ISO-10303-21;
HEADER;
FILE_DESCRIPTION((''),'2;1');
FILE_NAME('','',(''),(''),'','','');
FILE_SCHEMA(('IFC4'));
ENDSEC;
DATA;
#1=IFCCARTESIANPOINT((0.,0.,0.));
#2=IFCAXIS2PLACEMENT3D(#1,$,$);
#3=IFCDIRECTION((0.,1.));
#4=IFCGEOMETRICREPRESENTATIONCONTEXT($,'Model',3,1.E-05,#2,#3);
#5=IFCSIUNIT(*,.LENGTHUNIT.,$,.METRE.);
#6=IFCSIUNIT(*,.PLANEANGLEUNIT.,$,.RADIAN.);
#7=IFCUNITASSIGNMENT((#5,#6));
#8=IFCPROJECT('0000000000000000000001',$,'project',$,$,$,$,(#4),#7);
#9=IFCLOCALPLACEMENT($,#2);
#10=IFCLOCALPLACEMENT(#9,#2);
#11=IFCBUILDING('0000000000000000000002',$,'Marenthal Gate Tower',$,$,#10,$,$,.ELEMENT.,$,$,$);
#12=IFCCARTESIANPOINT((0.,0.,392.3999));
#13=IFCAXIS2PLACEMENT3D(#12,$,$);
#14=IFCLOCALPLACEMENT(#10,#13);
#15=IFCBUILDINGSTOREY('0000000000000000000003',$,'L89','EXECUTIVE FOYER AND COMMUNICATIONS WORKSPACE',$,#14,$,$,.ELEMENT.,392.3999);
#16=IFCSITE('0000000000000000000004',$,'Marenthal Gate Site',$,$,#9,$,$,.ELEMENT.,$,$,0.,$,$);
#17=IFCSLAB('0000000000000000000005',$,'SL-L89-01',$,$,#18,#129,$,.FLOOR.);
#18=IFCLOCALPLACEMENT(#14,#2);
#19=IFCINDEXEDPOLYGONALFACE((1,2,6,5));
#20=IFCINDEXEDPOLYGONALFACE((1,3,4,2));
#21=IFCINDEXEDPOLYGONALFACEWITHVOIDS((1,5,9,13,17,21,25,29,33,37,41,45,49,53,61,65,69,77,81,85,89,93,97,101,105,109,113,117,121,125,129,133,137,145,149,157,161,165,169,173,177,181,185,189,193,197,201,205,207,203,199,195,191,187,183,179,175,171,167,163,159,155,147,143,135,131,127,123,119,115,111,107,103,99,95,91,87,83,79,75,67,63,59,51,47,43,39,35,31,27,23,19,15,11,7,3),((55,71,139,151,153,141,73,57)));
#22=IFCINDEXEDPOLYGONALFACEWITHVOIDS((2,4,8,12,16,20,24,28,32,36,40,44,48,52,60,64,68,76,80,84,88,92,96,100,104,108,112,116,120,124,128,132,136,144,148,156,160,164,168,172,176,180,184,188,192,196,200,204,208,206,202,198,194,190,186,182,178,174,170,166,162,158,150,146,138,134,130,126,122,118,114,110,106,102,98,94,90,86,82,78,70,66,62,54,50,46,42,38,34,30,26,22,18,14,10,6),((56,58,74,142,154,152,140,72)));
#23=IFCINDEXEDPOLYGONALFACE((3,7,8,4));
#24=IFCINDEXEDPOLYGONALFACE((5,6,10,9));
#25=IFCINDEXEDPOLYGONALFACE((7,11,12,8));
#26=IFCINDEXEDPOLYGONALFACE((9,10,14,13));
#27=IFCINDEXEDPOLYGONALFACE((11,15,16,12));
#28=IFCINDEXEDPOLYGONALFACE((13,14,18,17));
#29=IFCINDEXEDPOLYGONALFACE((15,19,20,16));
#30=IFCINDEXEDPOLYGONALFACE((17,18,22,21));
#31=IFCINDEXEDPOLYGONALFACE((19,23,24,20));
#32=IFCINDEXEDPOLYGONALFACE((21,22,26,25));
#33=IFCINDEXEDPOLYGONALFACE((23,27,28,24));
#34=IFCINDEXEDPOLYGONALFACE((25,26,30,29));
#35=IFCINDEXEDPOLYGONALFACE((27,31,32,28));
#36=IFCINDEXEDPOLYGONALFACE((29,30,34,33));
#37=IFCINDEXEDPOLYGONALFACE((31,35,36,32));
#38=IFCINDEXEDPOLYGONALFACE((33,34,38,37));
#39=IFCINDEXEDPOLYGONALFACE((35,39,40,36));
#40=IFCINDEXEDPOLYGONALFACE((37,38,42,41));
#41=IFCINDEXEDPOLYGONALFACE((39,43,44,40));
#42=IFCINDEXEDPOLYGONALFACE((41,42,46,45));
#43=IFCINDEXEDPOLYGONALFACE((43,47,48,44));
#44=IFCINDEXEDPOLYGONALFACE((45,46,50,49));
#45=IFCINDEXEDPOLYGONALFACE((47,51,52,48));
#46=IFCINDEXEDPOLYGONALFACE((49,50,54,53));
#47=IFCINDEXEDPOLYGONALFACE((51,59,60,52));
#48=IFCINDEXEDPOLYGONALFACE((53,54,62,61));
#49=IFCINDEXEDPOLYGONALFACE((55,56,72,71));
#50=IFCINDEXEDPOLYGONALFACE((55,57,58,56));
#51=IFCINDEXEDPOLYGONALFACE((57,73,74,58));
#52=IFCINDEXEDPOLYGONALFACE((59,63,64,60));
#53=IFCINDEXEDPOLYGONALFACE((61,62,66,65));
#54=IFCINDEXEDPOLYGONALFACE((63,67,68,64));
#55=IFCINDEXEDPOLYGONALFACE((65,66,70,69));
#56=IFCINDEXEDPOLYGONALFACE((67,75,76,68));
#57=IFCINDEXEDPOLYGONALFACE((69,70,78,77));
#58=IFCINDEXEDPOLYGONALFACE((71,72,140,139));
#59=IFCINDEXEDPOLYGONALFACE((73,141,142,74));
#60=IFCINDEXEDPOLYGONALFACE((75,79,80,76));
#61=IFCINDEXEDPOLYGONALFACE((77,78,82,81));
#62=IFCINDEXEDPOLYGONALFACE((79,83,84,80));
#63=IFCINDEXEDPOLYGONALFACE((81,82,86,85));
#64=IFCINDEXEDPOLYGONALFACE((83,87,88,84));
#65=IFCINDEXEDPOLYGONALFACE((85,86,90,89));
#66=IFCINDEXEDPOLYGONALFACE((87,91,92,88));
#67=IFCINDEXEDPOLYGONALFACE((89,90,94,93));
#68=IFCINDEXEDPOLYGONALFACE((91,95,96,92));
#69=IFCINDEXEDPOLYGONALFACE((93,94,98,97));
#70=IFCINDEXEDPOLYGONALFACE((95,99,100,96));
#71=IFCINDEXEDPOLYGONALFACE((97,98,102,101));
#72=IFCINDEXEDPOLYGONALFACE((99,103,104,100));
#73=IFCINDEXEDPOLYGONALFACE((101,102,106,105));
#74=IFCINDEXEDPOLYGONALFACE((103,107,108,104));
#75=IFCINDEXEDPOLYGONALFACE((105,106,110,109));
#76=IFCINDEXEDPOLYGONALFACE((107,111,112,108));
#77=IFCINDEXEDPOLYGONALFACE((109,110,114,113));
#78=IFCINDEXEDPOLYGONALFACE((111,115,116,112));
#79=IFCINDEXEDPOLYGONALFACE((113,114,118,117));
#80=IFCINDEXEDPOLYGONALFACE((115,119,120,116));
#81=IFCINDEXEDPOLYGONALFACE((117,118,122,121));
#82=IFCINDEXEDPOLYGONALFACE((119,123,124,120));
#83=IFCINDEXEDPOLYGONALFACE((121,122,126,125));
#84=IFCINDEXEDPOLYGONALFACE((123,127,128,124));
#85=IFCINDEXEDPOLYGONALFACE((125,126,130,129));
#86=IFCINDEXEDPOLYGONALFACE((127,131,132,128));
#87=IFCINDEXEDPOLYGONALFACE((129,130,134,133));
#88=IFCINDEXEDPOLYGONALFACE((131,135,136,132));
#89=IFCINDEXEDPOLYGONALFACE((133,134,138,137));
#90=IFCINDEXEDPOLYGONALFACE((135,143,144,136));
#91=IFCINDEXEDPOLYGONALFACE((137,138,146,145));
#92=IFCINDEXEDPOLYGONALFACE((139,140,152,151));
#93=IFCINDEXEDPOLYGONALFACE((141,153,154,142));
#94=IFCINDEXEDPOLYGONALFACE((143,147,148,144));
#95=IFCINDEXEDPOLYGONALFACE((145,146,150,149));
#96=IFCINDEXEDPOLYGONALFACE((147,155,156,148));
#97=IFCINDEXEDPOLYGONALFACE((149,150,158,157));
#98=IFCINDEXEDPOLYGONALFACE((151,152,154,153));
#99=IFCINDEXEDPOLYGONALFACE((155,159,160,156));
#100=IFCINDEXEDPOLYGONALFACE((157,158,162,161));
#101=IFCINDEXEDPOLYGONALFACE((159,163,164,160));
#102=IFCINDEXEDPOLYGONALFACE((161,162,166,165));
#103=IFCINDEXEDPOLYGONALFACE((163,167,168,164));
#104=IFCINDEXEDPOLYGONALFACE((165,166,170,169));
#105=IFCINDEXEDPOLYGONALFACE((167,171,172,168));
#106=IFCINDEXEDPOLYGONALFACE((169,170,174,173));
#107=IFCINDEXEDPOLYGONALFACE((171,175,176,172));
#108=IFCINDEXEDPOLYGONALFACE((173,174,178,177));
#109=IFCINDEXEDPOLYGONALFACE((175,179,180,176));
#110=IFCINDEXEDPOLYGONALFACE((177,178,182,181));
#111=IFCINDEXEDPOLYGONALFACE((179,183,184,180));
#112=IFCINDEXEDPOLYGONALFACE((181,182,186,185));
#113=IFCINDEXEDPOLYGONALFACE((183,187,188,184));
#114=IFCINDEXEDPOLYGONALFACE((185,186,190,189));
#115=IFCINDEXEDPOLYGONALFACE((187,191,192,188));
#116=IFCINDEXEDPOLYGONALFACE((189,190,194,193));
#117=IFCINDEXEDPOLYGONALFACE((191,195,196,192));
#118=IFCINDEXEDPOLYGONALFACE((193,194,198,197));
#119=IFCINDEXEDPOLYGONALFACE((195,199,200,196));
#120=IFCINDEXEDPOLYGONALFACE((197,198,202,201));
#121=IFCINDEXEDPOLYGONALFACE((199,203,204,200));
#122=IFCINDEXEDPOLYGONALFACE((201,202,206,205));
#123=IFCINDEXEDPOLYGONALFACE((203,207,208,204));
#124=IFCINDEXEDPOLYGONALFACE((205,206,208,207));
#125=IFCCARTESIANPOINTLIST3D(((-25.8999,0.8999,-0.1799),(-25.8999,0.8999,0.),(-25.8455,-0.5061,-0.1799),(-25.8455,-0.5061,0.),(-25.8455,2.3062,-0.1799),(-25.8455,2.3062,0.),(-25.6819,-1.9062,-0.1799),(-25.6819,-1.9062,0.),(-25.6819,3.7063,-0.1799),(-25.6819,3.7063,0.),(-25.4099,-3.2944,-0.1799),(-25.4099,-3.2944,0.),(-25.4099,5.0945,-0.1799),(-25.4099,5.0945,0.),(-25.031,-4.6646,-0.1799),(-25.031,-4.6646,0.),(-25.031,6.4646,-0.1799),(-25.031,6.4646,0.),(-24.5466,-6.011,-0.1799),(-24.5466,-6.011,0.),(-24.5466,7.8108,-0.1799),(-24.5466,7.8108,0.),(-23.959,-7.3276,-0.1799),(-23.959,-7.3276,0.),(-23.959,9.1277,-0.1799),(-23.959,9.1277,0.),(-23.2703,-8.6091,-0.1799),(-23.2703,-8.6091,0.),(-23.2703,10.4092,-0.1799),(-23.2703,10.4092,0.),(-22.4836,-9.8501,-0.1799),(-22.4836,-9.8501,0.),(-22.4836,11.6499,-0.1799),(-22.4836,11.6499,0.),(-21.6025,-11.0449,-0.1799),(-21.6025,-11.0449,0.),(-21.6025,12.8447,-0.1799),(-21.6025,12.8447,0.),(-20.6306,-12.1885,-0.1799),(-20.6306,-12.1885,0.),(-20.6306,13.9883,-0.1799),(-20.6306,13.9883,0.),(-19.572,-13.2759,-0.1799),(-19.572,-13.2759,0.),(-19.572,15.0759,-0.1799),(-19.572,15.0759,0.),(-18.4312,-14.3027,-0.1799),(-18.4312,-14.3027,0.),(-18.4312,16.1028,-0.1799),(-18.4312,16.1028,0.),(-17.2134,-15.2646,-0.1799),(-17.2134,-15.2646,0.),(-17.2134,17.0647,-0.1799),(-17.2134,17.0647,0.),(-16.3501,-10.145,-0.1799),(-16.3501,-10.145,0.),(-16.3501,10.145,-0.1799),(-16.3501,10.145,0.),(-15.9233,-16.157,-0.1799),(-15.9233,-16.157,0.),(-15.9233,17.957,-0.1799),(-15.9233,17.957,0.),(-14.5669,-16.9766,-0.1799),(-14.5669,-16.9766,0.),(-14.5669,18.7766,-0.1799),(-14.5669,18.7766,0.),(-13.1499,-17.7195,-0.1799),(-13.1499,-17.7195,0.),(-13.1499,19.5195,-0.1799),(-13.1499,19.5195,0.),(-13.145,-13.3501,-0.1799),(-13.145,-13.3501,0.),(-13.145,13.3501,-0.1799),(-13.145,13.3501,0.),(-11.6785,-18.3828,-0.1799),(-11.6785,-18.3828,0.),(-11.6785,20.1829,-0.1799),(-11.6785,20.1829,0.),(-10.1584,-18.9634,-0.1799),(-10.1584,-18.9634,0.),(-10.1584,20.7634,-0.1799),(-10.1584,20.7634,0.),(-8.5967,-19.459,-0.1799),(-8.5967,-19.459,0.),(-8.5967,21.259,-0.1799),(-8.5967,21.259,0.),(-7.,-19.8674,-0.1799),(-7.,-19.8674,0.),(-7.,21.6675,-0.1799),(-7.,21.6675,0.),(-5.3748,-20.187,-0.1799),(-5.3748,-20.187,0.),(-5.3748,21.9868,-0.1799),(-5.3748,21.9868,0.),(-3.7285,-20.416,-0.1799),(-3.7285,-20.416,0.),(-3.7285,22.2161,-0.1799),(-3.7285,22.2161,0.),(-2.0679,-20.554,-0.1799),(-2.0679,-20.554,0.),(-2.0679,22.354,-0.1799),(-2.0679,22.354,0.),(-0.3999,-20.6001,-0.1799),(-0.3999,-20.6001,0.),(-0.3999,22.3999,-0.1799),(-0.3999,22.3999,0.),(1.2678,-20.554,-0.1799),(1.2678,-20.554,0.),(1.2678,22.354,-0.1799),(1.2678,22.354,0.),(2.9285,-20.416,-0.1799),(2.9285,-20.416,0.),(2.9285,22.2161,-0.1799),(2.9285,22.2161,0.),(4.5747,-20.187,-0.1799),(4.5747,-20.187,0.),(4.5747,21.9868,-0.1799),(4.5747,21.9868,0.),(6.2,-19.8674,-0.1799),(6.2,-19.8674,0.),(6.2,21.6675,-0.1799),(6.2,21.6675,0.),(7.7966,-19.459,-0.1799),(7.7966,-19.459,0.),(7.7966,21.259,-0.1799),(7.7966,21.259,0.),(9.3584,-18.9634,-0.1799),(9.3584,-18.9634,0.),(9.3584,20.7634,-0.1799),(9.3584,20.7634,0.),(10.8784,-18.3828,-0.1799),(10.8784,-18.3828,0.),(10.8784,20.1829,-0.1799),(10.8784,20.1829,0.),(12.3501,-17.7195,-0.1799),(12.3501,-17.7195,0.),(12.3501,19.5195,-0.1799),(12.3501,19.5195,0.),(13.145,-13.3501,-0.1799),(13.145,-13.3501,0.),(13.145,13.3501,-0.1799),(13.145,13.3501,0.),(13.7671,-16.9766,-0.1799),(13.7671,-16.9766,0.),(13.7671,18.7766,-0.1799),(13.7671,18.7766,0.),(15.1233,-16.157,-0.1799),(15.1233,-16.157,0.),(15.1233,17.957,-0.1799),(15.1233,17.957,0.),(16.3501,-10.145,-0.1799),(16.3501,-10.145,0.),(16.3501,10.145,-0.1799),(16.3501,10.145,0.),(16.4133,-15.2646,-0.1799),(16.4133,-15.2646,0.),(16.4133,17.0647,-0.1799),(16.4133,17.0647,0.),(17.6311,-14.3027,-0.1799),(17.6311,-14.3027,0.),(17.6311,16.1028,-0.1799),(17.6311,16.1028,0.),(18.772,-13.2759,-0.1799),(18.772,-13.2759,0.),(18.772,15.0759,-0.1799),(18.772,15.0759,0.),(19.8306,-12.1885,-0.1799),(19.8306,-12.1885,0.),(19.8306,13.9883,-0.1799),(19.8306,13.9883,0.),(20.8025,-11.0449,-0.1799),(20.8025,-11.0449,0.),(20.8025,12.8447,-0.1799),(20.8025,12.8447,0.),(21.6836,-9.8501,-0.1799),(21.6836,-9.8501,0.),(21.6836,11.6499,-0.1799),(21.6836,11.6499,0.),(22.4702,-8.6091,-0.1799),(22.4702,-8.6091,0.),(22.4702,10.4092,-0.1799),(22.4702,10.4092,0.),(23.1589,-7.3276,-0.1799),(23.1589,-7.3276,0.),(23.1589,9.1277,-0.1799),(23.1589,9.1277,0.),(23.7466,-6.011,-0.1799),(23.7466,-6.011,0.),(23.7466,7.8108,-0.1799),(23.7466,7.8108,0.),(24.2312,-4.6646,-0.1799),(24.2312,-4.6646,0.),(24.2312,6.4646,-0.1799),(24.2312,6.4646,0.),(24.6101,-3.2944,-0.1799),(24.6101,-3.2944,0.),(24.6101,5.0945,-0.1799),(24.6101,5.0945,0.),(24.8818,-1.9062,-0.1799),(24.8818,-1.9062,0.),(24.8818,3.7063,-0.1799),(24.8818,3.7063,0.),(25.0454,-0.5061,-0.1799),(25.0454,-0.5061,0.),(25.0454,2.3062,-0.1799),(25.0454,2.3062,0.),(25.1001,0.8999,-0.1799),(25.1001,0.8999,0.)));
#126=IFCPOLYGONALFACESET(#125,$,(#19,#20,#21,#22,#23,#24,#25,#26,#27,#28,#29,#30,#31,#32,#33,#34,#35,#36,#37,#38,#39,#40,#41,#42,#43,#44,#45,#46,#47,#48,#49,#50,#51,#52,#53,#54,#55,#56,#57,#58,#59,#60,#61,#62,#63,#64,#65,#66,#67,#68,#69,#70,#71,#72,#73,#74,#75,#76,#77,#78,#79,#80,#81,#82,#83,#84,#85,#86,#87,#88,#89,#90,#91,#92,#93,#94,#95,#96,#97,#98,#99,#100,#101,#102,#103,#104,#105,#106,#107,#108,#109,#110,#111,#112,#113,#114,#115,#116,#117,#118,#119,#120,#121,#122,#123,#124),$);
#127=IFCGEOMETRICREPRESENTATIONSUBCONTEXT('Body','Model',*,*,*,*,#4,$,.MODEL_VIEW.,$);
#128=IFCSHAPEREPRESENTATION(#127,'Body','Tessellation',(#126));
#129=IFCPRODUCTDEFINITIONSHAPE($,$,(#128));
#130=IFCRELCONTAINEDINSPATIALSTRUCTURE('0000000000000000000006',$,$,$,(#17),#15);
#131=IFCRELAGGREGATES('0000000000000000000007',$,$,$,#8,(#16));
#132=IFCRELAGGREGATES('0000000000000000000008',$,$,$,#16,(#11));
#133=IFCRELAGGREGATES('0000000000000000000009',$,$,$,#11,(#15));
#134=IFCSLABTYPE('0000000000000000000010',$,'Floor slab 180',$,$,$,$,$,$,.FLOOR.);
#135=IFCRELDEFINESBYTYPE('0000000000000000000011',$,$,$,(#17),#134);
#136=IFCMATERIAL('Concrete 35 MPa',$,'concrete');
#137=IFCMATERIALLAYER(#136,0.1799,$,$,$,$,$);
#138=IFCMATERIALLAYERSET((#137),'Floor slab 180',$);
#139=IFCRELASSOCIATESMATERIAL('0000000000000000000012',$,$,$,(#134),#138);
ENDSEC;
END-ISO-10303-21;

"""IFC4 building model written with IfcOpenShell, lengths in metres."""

from ifc_helpers import new_model, si_unit, direction, frame, origin, place, context, subcontext, project, spatial, polyline, outline, extrude, material, layer, layer_set, type_object, element, save


model = new_model("IFC4")

# Units and contexts
model_context = context("Model", 3, precision=1e-05, world=origin(), true_north=direction((0.0, 1.0)))
body_context = subcontext(model_context, "Body", "Model", "MODEL_VIEW")
ifc_project = project(units=[si_unit("LENGTHUNIT", "METRE"), si_unit("PLANEANGLEUNIT", "RADIAN")], contexts=[model_context])

# Site, building, storey
site_placement = place(None, origin())
site = spatial("IfcSite", under=ifc_project, at=site_placement, Name="Marenthal Gate Site", CompositionType="ELEMENT", RefElevation=0.0)
building_placement = place(site_placement, origin())
building = spatial("IfcBuilding", under=site, at=building_placement, Name="Marenthal Gate Tower", CompositionType="ELEMENT")
storey_placement = place(building_placement, frame((0.0, 0.0, 392.3999)))
storey = spatial("IfcBuildingStorey", under=building, at=storey_placement, Name="L89", Description="EXECUTIVE FOYER AND COMMUNICATIONS WORKSPACE", CompositionType="ELEMENT", Elevation=392.3999)

# Slab
ifc_material_1 = material(Name="Concrete 35 MPa", Category="concrete")
ifc_layer_1 = layer(ifc_material_1, 0.1799)
ifc_layer_set_1 = layer_set([ifc_layer_1], Name="Floor slab 180")
slab_type = type_object("IfcSlabType", Name="Floor slab 180", PredefinedType="FLOOR", material=ifc_layer_set_1)
slab_placement = place(storey_placement, frame((0.0, 0.0, -0.1799)))
element("IfcSlab", 1, at=slab_placement, inside=storey, type_object=slab_type, Name="SL-L89-01", PredefinedType="FLOOR", context=body_context, shape_type="SweptSolid", body=[
    extrude(outline(polyline([(25.1001, 0.8999), (25.0454, 2.3062), (24.8818, 3.7063), (24.6101, 5.0945), (24.2312, 6.4646), (23.7466, 7.8108), (23.1589, 9.1277), (22.4702, 10.4092), (21.6836, 11.6499), (20.8025, 12.8447), (19.8306, 13.9883), (18.772, 15.0759), (17.6311, 16.1028), (16.4133, 17.0647), (15.1233, 17.957), (13.7671, 18.7766), (12.3501, 19.5195), (10.8784, 20.1829), (9.3584, 20.7634), (7.7966, 21.259), (6.2, 21.6675), (4.5747, 21.9868), (2.9285, 22.2161), (1.2678, 22.354), (-0.3999, 22.3999), (-2.0679, 22.354), (-3.7285, 22.2161), (-5.3748, 21.9868), (-7.0, 21.6675), (-8.5967, 21.259), (-10.1584, 20.7634), (-11.6785, 20.1829), (-13.1499, 19.5195), (-14.5669, 18.7766), (-15.9233, 17.957), (-17.2134, 17.0647), (-18.4312, 16.1028), (-19.572, 15.0759), (-20.6306, 13.9883), (-21.6025, 12.8447), (-22.4836, 11.6499), (-23.2703, 10.4092), (-23.959, 9.1277), (-24.5466, 7.8108), (-25.031, 6.4646), (-25.4099, 5.0945), (-25.6819, 3.7063), (-25.8455, 2.3062), (-25.8999, 0.8999), (-25.8455, -0.5061), (-25.6819, -1.9062), (-25.4099, -3.2944), (-25.031, -4.6646), (-24.5466, -6.011), (-23.959, -7.3276), (-23.2703, -8.6091), (-22.4836, -9.8501), (-21.6025, -11.0449), (-20.6306, -12.1885), (-19.572, -13.2759), (-18.4312, -14.3027), (-17.2134, -15.2646), (-15.9233, -16.157), (-14.5669, -16.9766), (-13.1499, -17.7195), (-11.6785, -18.3828), (-10.1584, -18.9634), (-8.5967, -19.459), (-7.0, -19.8674), (-5.3748, -20.187), (-3.7285, -20.416), (-2.0679, -20.554), (-0.3999, -20.6001), (1.2678, -20.554), (2.9285, -20.416), (4.5747, -20.187), (6.2, -19.8674), (7.7966, -19.459), (9.3584, -18.9634), (10.8784, -18.3828), (12.3501, -17.7195), (13.7671, -16.9766), (15.1233, -16.157), (16.4133, -15.2646), (17.6311, -14.3027), (18.772, -13.2759), (19.8306, -12.1885), (20.8025, -11.0449), (21.6836, -9.8501), (22.4702, -8.6091), (23.1589, -7.3276), (23.7466, -6.011), (24.2312, -4.6646), (24.6101, -3.2944), (24.8818, -1.9062), (25.0454, -0.5061), (25.1001, 0.8999)]), holes=[polyline([(13.145, -13.3501), (16.3501, -10.145), (16.3501, 10.145), (13.145, 13.3501), (-13.145, 13.3501), (-16.3501, 10.145), (-16.3501, -10.145), (-13.145, -13.3501), (13.145, -13.3501)])]), origin(), (0.0, 0.0, 1.0), 0.1799),
])

save(model, "model.ifc")
